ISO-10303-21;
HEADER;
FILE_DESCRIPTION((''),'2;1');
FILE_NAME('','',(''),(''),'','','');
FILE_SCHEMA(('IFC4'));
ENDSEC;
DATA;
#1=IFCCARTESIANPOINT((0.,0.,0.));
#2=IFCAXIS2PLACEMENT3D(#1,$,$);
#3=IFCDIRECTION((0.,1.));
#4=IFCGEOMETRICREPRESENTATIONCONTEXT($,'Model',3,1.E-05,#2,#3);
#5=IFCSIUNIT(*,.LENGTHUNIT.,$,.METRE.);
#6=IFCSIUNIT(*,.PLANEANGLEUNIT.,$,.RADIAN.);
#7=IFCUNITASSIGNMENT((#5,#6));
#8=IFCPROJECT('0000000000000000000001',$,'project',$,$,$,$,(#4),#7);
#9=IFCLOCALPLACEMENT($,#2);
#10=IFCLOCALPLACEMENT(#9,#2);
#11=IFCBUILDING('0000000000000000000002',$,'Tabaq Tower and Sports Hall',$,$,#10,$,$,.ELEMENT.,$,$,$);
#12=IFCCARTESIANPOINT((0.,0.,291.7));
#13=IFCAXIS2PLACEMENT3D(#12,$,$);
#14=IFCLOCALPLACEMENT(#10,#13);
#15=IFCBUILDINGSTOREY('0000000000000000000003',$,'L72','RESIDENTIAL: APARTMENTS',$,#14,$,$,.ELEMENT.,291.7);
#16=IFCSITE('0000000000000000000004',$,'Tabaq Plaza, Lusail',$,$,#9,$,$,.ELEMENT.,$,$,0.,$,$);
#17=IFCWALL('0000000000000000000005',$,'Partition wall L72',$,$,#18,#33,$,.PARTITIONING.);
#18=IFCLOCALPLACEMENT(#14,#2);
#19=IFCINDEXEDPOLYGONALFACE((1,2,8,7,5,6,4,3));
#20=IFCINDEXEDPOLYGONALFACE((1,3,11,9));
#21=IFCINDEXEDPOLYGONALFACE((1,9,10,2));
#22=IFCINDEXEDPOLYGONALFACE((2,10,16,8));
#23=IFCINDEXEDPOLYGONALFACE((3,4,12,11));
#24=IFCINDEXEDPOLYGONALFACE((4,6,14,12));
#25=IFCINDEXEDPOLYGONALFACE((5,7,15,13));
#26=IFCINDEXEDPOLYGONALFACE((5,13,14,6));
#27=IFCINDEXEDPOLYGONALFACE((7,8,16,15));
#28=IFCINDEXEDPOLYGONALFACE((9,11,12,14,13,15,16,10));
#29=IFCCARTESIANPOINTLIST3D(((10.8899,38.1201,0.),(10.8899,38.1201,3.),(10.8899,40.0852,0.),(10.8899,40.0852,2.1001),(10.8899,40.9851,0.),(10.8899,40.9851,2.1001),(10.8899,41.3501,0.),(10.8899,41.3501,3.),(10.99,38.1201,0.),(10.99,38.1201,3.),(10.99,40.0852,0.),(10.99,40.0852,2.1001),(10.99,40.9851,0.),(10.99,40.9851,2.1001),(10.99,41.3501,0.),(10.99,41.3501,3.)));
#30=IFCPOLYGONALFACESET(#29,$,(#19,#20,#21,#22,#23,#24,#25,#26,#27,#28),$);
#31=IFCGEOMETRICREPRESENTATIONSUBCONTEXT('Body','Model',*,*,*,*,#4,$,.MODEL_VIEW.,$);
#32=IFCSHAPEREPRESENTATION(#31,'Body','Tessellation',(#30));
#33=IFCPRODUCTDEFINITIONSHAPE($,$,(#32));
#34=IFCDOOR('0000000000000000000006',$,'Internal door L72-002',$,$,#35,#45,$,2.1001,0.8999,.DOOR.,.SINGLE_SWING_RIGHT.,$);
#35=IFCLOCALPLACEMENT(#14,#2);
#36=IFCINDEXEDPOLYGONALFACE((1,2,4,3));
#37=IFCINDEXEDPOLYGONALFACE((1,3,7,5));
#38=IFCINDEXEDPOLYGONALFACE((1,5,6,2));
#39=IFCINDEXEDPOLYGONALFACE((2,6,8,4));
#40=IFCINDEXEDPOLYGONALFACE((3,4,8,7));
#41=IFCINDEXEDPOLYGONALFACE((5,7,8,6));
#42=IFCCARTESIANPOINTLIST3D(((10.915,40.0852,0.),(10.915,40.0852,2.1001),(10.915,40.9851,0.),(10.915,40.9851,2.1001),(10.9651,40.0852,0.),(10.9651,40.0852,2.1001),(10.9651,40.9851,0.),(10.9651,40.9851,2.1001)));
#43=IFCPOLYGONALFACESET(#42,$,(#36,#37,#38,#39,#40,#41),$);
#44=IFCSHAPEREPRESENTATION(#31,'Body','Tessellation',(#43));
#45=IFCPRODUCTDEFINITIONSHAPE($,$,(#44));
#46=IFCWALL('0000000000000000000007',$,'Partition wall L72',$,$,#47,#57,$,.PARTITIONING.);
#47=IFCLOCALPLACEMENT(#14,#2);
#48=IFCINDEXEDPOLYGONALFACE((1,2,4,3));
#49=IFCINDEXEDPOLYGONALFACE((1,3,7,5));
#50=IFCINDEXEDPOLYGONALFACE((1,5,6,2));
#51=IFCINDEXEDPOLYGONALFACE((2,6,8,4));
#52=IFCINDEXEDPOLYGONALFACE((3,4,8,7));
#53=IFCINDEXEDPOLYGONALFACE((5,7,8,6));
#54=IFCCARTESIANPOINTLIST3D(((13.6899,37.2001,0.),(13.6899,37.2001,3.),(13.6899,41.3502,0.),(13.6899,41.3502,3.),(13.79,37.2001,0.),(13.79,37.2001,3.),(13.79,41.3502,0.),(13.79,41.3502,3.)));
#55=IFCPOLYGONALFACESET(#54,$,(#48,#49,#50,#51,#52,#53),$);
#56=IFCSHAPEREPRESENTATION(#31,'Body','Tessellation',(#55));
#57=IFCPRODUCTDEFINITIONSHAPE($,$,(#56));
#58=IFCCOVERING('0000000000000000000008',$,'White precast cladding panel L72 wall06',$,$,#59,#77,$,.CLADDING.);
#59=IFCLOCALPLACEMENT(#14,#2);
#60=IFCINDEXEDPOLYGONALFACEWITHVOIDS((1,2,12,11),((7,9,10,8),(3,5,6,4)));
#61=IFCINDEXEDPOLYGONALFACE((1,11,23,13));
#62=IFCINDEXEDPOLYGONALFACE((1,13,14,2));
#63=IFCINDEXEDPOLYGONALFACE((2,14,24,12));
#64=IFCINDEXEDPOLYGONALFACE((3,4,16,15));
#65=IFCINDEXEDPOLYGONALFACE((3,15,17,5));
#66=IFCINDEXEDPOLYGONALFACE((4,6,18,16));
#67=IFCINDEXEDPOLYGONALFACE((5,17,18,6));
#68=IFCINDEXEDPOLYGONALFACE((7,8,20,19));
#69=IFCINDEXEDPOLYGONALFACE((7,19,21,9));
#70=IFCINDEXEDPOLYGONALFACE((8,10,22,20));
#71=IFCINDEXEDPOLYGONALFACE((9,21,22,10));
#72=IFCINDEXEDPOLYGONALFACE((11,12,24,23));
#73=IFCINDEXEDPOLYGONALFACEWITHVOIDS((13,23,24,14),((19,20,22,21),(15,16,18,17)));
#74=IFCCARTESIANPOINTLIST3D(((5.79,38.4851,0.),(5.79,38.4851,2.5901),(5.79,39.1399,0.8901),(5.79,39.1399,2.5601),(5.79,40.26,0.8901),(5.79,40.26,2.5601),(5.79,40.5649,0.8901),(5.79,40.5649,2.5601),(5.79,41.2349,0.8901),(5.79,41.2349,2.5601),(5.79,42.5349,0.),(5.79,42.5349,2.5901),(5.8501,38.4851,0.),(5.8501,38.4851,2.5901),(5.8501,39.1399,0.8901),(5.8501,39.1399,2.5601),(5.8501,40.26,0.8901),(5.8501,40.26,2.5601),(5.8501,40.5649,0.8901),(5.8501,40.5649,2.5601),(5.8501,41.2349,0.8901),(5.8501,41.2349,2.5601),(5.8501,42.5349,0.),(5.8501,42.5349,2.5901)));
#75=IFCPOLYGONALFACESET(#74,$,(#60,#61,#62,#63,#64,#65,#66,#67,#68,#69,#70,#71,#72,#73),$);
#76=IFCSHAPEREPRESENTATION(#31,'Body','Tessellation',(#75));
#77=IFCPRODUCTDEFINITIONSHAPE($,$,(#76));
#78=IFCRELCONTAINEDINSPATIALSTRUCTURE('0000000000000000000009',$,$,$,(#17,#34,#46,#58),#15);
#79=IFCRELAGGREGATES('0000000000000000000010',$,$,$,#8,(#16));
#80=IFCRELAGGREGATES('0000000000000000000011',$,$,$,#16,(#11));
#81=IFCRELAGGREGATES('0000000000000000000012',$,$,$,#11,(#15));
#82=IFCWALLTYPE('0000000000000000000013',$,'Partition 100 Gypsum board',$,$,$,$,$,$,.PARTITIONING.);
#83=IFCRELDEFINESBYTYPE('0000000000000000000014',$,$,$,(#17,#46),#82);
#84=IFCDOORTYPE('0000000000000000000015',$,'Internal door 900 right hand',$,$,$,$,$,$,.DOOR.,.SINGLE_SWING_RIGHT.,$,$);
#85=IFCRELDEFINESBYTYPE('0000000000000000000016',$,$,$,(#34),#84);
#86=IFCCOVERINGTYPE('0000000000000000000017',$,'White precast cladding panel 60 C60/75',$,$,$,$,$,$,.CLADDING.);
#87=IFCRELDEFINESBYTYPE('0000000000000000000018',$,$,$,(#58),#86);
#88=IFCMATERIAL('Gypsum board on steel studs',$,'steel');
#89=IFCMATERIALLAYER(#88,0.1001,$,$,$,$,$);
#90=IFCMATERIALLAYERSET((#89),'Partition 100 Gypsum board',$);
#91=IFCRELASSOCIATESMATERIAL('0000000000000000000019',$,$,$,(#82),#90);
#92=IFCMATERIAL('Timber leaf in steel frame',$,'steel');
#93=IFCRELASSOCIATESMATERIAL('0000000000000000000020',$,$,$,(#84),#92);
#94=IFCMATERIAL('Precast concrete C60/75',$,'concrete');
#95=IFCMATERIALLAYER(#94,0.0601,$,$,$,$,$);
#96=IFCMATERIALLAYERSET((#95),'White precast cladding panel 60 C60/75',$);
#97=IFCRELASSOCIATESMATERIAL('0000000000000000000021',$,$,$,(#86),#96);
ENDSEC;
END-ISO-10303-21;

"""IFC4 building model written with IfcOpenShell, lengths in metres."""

from ifc_helpers import new_model, si_unit, direction, frame, frame_2d, origin, place, context, subcontext, project, spatial, polyline, rectangle, outline, extrude, material, layer, layer_set, type_object, element, fill, save


model = new_model("IFC4")

# Units and contexts
model_context = context("Model", 3, precision=1e-05, world=origin(), true_north=direction((0.0, 1.0)))
body_context = subcontext(model_context, "Body", "Model", "MODEL_VIEW")
ifc_project = project(units=[si_unit("LENGTHUNIT", "METRE"), si_unit("PLANEANGLEUNIT", "RADIAN")], contexts=[model_context])

# Site, building, storey
site_placement = place(None, origin())
site = spatial("IfcSite", under=ifc_project, at=site_placement, Name="Tabaq Plaza, Lusail", CompositionType="ELEMENT", RefElevation=0.0)
building_placement = place(site_placement, origin())
building = spatial("IfcBuilding", under=site, at=building_placement, Name="Tabaq Tower and Sports Hall", CompositionType="ELEMENT")
storey_placement = place(building_placement, frame((0.0, 0.0, 291.7)))
storey = spatial("IfcBuildingStorey", under=building, at=storey_placement, Name="L72", Description="RESIDENTIAL: APARTMENTS", CompositionType="ELEMENT", Elevation=291.7)

# Shared definitions
ifc_material_1 = material(Name="Gypsum board on steel studs", Category="steel")
ifc_layer_1 = layer(ifc_material_1, 0.1001)
ifc_layer_set_1 = layer_set([ifc_layer_1], Name="Partition 100 Gypsum board")
wall_type = type_object("IfcWallType", Name="Partition 100 Gypsum board", PredefinedType="PARTITIONING", material=ifc_layer_set_1)
ifc_material_2 = material(Name="Timber leaf in steel frame", Category="steel")
door_type_1 = type_object("IfcDoorType", Name="Internal door 900 right hand", OperationType="SINGLE_SWING_RIGHT", PredefinedType="DOOR", material=ifc_material_2)

# Wall, opening, door
wall_1_placement = place(storey_placement, frame((10.9399, 38.1201, 0.0), z_axis=(0.0, 0.0, 1.0), x_axis=(0.0, 1.0, 0.0)))
wall_1 = element("IfcWall", 1, at=wall_1_placement, inside=storey, type_object=wall_type, Name="Partition wall L72", PredefinedType="PARTITIONING", context=body_context, shape_type="SweptSolid", body=[
    extrude(rectangle(XDim=3.23, YDim=0.1001, at=frame_2d((1.615, 0.0))), origin(), (0.0, 0.0, 1.0), 3.0),
])
opening_1_placement = place(wall_1_placement, frame((1.9651, 0.0, 0.0)))
opening_1 = element("IfcOpeningElement", 2, at=opening_1_placement, cuts=wall_1, PredefinedType="OPENING", context=body_context, shape_type="SweptSolid", body=[
    extrude(rectangle(XDim=0.8999, YDim=2.1001, at=frame_2d((0.45, 1.05))), frame((0.0, 0.05, 0.0), z_axis=(0.0, -1.0, 0.0), x_axis=(1.0, 0.0, 0.0)), (0.0, 0.0, 1.0), 0.1001),
])
door_1_placement = place(opening_1_placement, origin())
door_1 = element("IfcDoor", 3, at=door_1_placement, inside=storey, type_object=door_type_1, Name="Internal door L72-002", OperationType="SINGLE_SWING_RIGHT", OverallHeight=2.1001, OverallWidth=0.8999, PredefinedType="DOOR", context=body_context, shape_type="SweptSolid", body=[
    extrude(rectangle(XDim=0.8999, YDim=2.1001, at=frame_2d((0.45, 1.05))), frame((0.0, 0.0249, 0.0), z_axis=(0.0, -1.0, 0.0), x_axis=(1.0, 0.0, 0.0)), (0.0, 0.0, 1.0), 0.05),
])
fill(opening_1, door_1)

# Wall
wall_2_placement = place(storey_placement, frame((13.74, 37.2, 0.0), z_axis=(0.0, 0.0, 1.0), x_axis=(0.0, 1.0, 0.0)))
element("IfcWall", 4, at=wall_2_placement, inside=storey, type_object=wall_type, Name="Partition wall L72", PredefinedType="PARTITIONING", context=body_context, shape_type="SweptSolid", body=[
    extrude(rectangle(XDim=4.1501, YDim=0.1001, at=frame_2d((2.0752, 0.0))), origin(), (0.0, 0.0, 1.0), 3.0),
])

# Covering
ifc_material_3 = material(Name="Precast concrete C60/75", Category="concrete")
ifc_layer_2 = layer(ifc_material_3, 0.0601)
ifc_layer_set_2 = layer_set([ifc_layer_2], Name="White precast cladding panel 60 C60/75")
covering_type = type_object("IfcCoveringType", Name="White precast cladding panel 60 C60/75", PredefinedType="CLADDING", material=ifc_layer_set_2)
covering_placement = place(storey_placement, frame((5.8201, 42.5349, 0.0), z_axis=(0.0, 0.0, 1.0), x_axis=(0.0, -1.0, 0.0)))
element("IfcCovering", 5, at=covering_placement, inside=storey, type_object=covering_type, Name="White precast cladding panel L72 wall06", PredefinedType="CLADDING", context=body_context, shape_type="SweptSolid", body=[
    extrude(outline(polyline([(0.0, 0.0), (4.0498, 0.0), (4.0498, 2.5901), (0.0, 2.5901), (0.0, 0.0)]), holes=[polyline([(1.3, 0.8901), (1.3, 2.5601), (1.97, 2.5601), (1.97, 0.8901), (1.3, 0.8901)]), polyline([(2.2749, 0.8901), (2.2749, 2.5601), (3.395, 2.5601), (3.395, 0.8901), (2.2749, 0.8901)])]), frame((0.0, 0.03, 0.0), z_axis=(0.0, -1.0, 0.0), x_axis=(1.0, 0.0, 0.0)), (0.0, 0.0, 1.0), 0.0601),
])

save(model, "model.ifc")
